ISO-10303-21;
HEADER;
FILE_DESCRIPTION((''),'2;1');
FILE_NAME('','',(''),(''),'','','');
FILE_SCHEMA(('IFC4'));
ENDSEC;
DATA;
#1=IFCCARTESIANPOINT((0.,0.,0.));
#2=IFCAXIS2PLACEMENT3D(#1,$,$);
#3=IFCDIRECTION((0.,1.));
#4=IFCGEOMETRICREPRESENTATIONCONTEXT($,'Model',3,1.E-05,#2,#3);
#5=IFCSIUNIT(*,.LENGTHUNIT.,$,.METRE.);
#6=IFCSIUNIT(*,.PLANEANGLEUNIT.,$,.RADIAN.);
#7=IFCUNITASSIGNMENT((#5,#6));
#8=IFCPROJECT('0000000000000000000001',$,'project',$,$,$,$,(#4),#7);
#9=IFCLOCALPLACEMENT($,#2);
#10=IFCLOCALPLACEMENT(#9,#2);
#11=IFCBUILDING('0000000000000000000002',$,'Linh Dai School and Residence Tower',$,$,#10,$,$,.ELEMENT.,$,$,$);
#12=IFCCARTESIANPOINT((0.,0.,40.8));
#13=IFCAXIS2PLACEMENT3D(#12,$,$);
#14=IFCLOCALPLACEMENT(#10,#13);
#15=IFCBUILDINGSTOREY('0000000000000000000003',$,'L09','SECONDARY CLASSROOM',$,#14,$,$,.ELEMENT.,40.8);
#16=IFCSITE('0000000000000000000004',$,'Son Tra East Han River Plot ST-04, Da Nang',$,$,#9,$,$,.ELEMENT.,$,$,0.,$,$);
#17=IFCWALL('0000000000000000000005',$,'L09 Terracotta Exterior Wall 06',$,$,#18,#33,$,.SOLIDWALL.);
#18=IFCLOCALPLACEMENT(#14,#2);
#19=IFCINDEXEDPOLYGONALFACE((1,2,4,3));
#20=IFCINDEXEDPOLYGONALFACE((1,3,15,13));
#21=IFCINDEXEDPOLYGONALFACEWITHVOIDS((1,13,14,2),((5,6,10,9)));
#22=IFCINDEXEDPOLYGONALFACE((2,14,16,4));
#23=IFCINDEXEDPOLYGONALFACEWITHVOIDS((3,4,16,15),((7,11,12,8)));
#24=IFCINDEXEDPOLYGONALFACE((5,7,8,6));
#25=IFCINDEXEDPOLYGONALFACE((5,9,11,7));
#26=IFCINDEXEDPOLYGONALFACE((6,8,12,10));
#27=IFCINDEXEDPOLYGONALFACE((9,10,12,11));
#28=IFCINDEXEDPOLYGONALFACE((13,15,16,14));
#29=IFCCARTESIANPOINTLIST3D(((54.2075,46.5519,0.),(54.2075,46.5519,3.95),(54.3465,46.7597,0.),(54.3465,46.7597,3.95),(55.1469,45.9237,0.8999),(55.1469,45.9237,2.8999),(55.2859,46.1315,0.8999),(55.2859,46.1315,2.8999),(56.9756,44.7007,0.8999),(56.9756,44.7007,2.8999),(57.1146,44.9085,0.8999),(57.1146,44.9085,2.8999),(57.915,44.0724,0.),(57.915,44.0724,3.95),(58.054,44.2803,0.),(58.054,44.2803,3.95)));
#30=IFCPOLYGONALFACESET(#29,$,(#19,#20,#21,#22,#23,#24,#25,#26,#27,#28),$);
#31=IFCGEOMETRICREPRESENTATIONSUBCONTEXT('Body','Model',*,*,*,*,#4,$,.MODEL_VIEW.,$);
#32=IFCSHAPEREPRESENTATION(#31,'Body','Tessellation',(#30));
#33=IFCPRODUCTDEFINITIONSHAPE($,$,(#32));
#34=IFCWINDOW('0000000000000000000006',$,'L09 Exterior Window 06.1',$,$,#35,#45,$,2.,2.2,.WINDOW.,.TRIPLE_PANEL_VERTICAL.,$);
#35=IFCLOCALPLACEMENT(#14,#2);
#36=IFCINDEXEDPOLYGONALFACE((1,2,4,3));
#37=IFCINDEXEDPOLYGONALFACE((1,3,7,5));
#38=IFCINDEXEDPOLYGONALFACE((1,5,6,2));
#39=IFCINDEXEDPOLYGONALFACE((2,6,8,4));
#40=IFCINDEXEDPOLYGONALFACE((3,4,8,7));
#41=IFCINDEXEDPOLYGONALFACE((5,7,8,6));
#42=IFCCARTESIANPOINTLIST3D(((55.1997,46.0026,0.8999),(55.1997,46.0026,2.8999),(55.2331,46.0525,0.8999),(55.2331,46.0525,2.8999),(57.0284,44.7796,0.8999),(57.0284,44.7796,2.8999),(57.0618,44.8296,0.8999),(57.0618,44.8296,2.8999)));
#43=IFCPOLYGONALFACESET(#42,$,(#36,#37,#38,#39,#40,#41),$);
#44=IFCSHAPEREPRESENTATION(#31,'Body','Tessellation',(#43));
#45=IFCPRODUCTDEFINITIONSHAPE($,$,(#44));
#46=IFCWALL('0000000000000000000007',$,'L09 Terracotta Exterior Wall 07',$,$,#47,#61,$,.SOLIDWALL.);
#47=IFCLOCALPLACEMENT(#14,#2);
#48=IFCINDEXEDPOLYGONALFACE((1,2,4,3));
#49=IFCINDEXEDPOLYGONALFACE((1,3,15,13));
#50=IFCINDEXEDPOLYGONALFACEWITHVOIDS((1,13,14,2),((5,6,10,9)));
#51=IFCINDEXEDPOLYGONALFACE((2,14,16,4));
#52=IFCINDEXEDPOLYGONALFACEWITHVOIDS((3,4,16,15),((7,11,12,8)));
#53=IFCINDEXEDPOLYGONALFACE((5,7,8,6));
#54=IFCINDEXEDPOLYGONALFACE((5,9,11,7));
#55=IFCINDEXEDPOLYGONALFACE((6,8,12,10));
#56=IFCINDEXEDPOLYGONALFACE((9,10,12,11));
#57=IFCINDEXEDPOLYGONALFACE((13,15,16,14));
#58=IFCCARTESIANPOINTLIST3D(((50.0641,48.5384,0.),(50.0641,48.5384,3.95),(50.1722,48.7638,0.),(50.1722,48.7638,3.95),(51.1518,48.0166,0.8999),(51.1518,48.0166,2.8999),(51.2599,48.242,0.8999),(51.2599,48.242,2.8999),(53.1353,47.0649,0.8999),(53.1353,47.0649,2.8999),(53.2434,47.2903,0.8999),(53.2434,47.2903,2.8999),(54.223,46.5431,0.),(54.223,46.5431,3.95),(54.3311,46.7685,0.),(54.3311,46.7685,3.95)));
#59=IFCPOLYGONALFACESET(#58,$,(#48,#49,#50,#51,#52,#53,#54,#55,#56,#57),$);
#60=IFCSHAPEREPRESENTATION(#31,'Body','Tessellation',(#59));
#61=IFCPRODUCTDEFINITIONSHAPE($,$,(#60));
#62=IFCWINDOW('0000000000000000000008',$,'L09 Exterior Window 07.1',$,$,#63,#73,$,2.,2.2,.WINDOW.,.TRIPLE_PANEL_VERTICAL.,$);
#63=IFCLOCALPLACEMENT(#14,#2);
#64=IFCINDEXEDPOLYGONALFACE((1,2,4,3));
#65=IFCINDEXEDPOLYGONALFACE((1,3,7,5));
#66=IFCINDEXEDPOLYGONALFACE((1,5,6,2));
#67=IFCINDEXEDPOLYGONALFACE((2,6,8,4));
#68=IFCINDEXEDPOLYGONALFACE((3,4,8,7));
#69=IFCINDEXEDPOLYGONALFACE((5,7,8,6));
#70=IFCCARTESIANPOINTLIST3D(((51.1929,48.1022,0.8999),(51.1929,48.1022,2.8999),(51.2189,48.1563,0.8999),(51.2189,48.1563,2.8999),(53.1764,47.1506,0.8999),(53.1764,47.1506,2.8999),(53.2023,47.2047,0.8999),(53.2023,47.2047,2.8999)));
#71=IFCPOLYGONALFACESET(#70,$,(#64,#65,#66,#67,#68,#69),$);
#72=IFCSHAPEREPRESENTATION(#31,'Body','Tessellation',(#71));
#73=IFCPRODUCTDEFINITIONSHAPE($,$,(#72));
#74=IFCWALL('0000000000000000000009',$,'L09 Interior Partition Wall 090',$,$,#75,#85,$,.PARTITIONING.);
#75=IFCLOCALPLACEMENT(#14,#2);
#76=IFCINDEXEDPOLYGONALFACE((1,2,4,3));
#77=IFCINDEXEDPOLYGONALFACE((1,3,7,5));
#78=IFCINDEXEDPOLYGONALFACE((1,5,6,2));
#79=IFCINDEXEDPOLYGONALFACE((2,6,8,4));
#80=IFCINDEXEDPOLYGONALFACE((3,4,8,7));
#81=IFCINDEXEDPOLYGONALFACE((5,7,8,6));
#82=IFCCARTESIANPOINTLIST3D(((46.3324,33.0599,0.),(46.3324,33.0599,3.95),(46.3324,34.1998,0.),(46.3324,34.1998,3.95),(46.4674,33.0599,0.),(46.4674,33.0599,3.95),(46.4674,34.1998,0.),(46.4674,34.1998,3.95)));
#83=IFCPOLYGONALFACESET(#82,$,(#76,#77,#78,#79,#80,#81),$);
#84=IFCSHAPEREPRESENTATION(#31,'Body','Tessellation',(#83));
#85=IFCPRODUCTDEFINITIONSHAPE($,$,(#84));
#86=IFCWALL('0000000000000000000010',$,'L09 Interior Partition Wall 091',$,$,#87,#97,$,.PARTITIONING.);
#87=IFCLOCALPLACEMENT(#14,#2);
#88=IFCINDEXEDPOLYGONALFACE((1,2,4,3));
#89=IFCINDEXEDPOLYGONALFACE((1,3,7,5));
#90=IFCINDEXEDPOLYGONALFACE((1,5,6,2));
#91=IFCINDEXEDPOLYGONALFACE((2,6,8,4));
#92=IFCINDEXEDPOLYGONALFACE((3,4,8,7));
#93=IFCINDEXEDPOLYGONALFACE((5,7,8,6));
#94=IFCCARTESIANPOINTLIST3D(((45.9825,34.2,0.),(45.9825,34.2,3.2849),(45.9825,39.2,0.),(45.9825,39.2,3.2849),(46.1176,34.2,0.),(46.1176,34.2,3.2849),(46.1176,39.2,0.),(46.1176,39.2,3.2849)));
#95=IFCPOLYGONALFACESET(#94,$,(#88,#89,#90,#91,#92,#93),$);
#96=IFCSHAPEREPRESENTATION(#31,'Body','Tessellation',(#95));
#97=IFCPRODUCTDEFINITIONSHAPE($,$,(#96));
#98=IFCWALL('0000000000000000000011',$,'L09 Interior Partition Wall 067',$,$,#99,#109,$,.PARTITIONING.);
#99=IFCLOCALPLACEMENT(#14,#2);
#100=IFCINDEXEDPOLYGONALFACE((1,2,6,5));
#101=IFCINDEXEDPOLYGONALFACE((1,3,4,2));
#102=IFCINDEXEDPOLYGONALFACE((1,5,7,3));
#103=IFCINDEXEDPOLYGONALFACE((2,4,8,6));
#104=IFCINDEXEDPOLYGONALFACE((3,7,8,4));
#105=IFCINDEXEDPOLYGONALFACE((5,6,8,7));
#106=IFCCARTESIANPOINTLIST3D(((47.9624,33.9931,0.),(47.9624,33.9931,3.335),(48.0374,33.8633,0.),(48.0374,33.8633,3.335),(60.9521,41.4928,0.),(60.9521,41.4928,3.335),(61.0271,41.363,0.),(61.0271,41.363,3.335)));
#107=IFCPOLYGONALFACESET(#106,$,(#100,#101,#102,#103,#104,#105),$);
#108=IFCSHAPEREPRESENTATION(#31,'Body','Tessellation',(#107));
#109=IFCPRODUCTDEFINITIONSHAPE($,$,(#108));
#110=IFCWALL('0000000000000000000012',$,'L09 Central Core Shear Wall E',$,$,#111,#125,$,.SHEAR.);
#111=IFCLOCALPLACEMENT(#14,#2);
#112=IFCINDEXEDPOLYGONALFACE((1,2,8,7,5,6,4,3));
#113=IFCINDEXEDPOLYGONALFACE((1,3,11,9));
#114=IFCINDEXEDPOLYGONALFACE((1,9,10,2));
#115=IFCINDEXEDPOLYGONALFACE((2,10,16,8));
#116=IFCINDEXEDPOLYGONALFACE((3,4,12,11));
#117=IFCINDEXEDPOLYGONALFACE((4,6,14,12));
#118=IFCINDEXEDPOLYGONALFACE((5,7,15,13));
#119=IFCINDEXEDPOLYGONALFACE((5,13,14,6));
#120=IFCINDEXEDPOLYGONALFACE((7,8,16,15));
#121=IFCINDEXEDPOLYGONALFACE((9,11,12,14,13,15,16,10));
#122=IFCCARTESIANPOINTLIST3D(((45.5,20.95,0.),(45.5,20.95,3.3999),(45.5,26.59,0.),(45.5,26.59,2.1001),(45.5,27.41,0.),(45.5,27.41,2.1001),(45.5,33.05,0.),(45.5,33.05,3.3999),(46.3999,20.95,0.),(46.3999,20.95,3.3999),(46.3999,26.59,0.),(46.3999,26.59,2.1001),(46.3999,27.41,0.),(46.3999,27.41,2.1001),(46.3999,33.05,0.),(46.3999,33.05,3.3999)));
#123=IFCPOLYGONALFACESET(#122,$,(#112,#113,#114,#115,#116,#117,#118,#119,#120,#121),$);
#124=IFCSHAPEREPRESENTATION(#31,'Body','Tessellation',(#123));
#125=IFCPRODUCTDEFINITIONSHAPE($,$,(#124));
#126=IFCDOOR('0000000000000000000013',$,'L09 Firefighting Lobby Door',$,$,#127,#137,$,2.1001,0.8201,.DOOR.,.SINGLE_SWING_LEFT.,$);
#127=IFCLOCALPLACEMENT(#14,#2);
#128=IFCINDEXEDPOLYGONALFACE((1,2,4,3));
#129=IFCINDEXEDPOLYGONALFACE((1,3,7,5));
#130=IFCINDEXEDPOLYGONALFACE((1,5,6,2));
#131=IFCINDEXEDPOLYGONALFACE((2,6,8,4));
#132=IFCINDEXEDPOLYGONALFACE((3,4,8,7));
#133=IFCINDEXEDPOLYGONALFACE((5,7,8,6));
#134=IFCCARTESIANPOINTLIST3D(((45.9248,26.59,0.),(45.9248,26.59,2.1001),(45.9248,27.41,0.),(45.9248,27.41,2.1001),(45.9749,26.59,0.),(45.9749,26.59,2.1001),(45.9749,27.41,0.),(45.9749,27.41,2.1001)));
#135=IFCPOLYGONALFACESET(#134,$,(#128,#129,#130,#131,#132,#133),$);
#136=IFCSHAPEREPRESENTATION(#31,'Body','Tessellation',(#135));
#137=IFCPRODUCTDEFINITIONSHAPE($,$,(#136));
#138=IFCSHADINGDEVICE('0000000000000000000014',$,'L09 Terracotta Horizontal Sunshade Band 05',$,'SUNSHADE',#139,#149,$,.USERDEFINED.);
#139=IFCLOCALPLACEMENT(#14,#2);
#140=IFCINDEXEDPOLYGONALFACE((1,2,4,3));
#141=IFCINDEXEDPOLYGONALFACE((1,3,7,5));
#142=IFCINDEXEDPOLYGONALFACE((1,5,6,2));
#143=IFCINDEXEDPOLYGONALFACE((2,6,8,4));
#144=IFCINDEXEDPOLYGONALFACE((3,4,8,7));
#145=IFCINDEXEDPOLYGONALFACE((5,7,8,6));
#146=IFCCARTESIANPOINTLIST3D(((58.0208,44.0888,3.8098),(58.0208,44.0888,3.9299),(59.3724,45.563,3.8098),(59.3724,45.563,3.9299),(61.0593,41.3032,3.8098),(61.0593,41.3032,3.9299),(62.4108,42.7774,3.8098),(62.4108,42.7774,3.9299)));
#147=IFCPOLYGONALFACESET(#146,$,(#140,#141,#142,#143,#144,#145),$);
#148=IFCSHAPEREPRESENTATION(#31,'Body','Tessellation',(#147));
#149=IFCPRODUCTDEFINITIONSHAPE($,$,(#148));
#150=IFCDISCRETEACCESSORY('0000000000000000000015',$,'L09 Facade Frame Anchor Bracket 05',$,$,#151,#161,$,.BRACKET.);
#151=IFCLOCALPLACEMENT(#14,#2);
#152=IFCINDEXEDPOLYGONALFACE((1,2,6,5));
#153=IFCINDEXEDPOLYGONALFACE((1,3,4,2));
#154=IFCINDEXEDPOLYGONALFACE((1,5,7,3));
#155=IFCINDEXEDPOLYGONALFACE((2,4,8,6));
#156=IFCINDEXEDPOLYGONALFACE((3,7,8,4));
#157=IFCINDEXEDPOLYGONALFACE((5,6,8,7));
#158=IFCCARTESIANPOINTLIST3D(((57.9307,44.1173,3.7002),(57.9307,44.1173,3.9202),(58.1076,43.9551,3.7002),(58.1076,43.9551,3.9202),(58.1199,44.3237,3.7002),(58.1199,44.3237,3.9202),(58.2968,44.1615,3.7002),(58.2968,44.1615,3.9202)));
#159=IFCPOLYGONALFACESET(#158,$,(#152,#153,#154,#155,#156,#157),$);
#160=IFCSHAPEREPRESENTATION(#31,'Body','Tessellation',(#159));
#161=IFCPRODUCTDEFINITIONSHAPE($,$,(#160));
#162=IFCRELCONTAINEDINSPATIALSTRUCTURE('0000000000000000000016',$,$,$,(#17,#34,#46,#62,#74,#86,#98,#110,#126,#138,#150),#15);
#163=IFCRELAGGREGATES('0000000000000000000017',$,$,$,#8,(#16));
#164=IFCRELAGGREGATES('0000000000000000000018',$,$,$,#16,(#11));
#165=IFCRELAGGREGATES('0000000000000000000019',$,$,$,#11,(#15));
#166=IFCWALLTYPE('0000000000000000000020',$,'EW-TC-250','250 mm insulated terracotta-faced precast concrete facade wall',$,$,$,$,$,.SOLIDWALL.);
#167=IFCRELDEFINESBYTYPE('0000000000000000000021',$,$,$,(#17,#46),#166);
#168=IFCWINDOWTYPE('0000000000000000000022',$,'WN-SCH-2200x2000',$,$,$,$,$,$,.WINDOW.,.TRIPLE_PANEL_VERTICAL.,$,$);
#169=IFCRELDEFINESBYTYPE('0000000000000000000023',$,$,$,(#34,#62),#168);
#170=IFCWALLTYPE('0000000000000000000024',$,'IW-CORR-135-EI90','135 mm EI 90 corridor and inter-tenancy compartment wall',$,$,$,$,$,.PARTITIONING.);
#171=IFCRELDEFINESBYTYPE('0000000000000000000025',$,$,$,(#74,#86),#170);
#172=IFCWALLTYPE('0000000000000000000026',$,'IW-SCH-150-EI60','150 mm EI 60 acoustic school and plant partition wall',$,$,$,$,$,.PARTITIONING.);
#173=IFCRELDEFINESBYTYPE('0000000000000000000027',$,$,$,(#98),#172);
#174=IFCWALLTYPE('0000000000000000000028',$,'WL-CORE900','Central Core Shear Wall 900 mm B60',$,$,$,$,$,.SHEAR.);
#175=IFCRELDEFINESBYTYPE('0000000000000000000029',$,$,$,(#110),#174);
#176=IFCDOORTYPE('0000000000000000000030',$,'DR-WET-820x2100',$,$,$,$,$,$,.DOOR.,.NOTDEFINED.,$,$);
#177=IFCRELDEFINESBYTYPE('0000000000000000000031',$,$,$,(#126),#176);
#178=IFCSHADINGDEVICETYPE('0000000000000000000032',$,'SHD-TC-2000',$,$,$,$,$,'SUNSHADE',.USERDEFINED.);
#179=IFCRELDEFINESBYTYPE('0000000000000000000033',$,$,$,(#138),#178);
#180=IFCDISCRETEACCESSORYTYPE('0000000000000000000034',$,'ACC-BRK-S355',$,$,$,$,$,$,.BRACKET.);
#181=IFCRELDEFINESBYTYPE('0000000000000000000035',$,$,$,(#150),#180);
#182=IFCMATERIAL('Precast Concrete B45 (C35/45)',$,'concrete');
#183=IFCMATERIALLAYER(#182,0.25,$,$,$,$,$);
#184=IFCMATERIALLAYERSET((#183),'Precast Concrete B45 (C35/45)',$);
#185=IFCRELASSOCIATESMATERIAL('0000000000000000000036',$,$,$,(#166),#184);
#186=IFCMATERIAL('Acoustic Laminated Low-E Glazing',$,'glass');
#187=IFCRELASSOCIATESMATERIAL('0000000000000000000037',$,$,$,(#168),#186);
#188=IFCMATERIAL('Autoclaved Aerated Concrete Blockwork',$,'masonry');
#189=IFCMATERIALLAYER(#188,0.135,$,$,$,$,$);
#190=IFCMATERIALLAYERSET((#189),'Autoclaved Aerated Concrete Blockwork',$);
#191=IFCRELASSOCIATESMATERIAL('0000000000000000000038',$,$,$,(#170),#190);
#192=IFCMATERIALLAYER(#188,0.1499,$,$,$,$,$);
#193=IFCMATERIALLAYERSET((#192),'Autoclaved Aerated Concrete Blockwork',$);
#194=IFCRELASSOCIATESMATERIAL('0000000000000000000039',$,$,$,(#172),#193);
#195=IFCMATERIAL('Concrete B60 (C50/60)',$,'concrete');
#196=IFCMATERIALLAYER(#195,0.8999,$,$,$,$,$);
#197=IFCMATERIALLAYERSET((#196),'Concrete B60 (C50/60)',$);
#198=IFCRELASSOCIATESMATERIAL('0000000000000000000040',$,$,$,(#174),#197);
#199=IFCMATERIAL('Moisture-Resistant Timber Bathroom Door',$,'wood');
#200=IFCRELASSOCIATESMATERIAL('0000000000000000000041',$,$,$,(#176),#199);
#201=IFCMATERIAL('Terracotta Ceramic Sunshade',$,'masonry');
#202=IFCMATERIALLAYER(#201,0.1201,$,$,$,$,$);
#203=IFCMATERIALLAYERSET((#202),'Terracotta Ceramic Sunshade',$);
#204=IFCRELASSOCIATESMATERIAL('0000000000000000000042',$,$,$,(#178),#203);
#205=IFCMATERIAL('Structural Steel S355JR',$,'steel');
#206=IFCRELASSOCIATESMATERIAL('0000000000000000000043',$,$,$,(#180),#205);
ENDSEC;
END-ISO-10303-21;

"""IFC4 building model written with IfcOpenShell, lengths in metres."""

from ifc_helpers import new_model, si_unit, direction, frame, frame_2d, origin, origin_2d, place, context, subcontext, project, spatial, rectangle, extrude, source, transform, mapped, material, layer, layer_set, type_object, element, fill, save


model = new_model("IFC4")

# Units and contexts
model_context = context("Model", 3, precision=1e-05, world=origin(), true_north=direction((0.0, 1.0)))
body_context = subcontext(model_context, "Body", "Model", "MODEL_VIEW")
ifc_project = project(units=[si_unit("LENGTHUNIT", "METRE"), si_unit("PLANEANGLEUNIT", "RADIAN")], contexts=[model_context])

# Site, building, storey
site_placement = place(None, origin())
site = spatial("IfcSite", under=ifc_project, at=site_placement, Name="Son Tra East Han River Plot ST-04, Da Nang", CompositionType="ELEMENT", RefElevation=0.0)
building_placement = place(site_placement, origin())
building = spatial("IfcBuilding", under=site, at=building_placement, Name="Linh Dai School and Residence Tower", CompositionType="ELEMENT")
storey_placement = place(building_placement, frame((0.0, 0.0, 40.8)))
storey = spatial("IfcBuildingStorey", under=building, at=storey_placement, Name="L09", Description="SECONDARY CLASSROOM", CompositionType="ELEMENT", Elevation=40.8)

# Shared definitions
ifc_material_1 = material(Name="Concrete B60 (C50/60)", Category="concrete")
ifc_material_2 = material(Name="Structural Steel S355JR", Category="steel")

# Shared definitions
ifc_material_3 = material(Name="Precast Concrete B45 (C35/45)", Category="concrete")

# Shared definitions
ifc_layer_1 = layer(ifc_material_3, 0.25)
ifc_layer_set_1 = layer_set([ifc_layer_1], Name="Precast Concrete B45 (C35/45)")
wall_type_1 = type_object("IfcWallType", Name="EW-TC-250", Description="250 mm insulated terracotta-faced precast concrete facade wall", PredefinedType="SOLIDWALL", material=ifc_layer_set_1)

# Shared definitions
ifc_material_4 = material(Name="Acoustic Laminated Low-E Glazing", Category="glass")
window_type = type_object("IfcWindowType", Name="WN-SCH-2200x2000", PartitioningType="TRIPLE_PANEL_VERTICAL", PredefinedType="WINDOW", material=ifc_material_4)
shared_shape_1 = source(origin(), body_context, "Body", "SweptSolid", [
    extrude(rectangle(XDim=2.2, YDim=2.0, at=origin_2d()), frame((1.1001, 0.03, 1.0), z_axis=(0.0, -1.0, 0.0), x_axis=(1.0, 0.0, 0.0)), (0.0, 0.0, 1.0), 0.0601),
])

# Walls, openings, windows
wall_1_placement = place(storey_placement, frame((54.2771, 46.6558, 0.0), z_axis=(0.0, 0.0, 1.0), x_axis=(0.831241, -0.555912, 0.0)))
wall_1 = element("IfcWall", 1, at=wall_1_placement, inside=storey, type_object=wall_type_1, Name="L09 Terracotta Exterior Wall 06", PredefinedType="SOLIDWALL", context=body_context, shape_type="SweptSolid", body=[
    extrude(rectangle(XDim=4.4602, YDim=0.25, at=frame_2d((2.23, 0.0))), origin(), (0.0, 0.0, 1.0), 3.95),
])
opening_1_placement = place(wall_1_placement, frame((1.1299, 0.0, 0.8999)))
opening_1 = element("IfcOpeningElement", 2, at=opening_1_placement, cuts=wall_1, PredefinedType="OPENING", context=body_context, shape_type="SweptSolid", body=[
    extrude(rectangle(XDim=2.2, YDim=2.0, at=origin_2d()), frame((1.1001, 0.135, 1.0), z_axis=(0.0, -1.0, 0.0), x_axis=(1.0, 0.0, 0.0)), (0.0, 0.0, 1.0), 0.27),
])
window_1_placement = place(opening_1_placement, origin())
window_1 = element("IfcWindow", 3, at=window_1_placement, inside=storey, type_object=window_type, Name="L09 Exterior Window 06.1", OverallHeight=2.0, OverallWidth=2.2, PartitioningType="TRIPLE_PANEL_VERTICAL", PredefinedType="WINDOW", context=body_context, shape_type="MappedRepresentation", body=[
    mapped(shared_shape_1, transform((0.0, 0.0, 0.0), x_axis=(1.0, 0.0, 0.0), y_axis=(0.0, 1.0, 0.0), z_axis=(0.0, 0.0, 1.0), scale=1.0)),
])
fill(opening_1, window_1)
wall_2_placement = place(storey_placement, frame((50.1182, 48.6511, 0.0), z_axis=(0.0, 0.0, 1.0), x_axis=(0.901602, -0.432568, 0.0)))
wall_2 = element("IfcWall", 4, at=wall_2_placement, inside=storey, type_object=wall_type_1, Name="L09 Terracotta Exterior Wall 07", PredefinedType="SOLIDWALL", context=body_context, shape_type="SweptSolid", body=[
    extrude(rectangle(XDim=4.6128, YDim=0.25, at=frame_2d((2.3064, 0.0))), origin(), (0.0, 0.0, 1.0), 3.95),
])
opening_2_placement = place(wall_2_placement, frame((1.2063, 0.0, 0.8999)))
opening_2 = element("IfcOpeningElement", 5, at=opening_2_placement, cuts=wall_2, PredefinedType="OPENING", context=body_context, shape_type="SweptSolid", body=[
    extrude(rectangle(XDim=2.2, YDim=2.0, at=origin_2d()), frame((1.1001, 0.135, 1.0), z_axis=(0.0, -1.0, 0.0), x_axis=(1.0, 0.0, 0.0)), (0.0, 0.0, 1.0), 0.27),
])
window_2_placement = place(opening_2_placement, origin())
window_2 = element("IfcWindow", 6, at=window_2_placement, inside=storey, type_object=window_type, Name="L09 Exterior Window 07.1", OverallHeight=2.0, OverallWidth=2.2, PartitioningType="TRIPLE_PANEL_VERTICAL", PredefinedType="WINDOW", context=body_context, shape_type="MappedRepresentation", body=[
    mapped(shared_shape_1, transform((0.0, 0.0, 0.0), x_axis=(1.0, 0.0, 0.0), y_axis=(0.0, 1.0, 0.0), z_axis=(0.0, 0.0, 1.0), scale=1.0)),
])
fill(opening_2, window_2)

# Walls
ifc_material_5 = material(Name="Autoclaved Aerated Concrete Blockwork", Category="masonry")
ifc_layer_2 = layer(ifc_material_5, 0.135)
ifc_layer_set_2 = layer_set([ifc_layer_2], Name="Autoclaved Aerated Concrete Blockwork")
wall_type_2 = type_object("IfcWallType", Name="IW-CORR-135-EI90", Description="135 mm EI 90 corridor and inter-tenancy compartment wall", PredefinedType="PARTITIONING", material=ifc_layer_set_2)
wall_3_placement = place(storey_placement, frame((46.3999, 33.0601, 0.0), z_axis=(0.0, 0.0, 1.0), x_axis=(0.0, 1.0, 0.0)))
element("IfcWall", 7, at=wall_3_placement, inside=storey, type_object=wall_type_2, Name="L09 Interior Partition Wall 090", PredefinedType="PARTITIONING", context=body_context, shape_type="SweptSolid", body=[
    extrude(rectangle(XDim=1.1399, YDim=0.135, at=frame_2d((0.5698, 0.0))), origin(), (0.0, 0.0, 1.0), 3.95),
])
wall_4_placement = place(storey_placement, frame((46.05, 34.2, 0.0), z_axis=(0.0, 0.0, 1.0), x_axis=(0.0, 1.0, 0.0)))
element("IfcWall", 8, at=wall_4_placement, inside=storey, type_object=wall_type_2, Name="L09 Interior Partition Wall 091", PredefinedType="PARTITIONING", context=body_context, shape_type="SweptSolid", body=[
    extrude(rectangle(XDim=5.0, YDim=0.135, at=frame_2d((2.5, 0.0))), origin(), (0.0, 0.0, 1.0), 3.2849),
])
ifc_layer_3 = layer(ifc_material_5, 0.1499)
ifc_layer_set_3 = layer_set([ifc_layer_3], Name="Autoclaved Aerated Concrete Blockwork")
wall_type_3 = type_object("IfcWallType", Name="IW-SCH-150-EI60", Description="150 mm EI 60 acoustic school and plant partition wall", PredefinedType="PARTITIONING", material=ifc_layer_set_3)
wall_5_placement = place(storey_placement, frame((48.0, 33.9282, 0.0), z_axis=(0.0, 0.0, 1.0), x_axis=(0.866022, 0.500006, 0.0)))
element("IfcWall", 9, at=wall_5_placement, inside=storey, type_object=wall_type_3, Name="L09 Interior Partition Wall 067", PredefinedType="PARTITIONING", context=body_context, shape_type="SweptSolid", body=[
    extrude(rectangle(XDim=14.9993, YDim=0.1499, at=frame_2d((7.4995, 0.0))), origin(), (0.0, 0.0, 1.0), 3.335),
])

# Wall, opening, door
ifc_layer_4 = layer(ifc_material_1, 0.8999)
ifc_layer_set_4 = layer_set([ifc_layer_4], Name="Concrete B60 (C50/60)")
wall_type_4 = type_object("IfcWallType", Name="WL-CORE900", Description="Central Core Shear Wall 900 mm B60", PredefinedType="SHEAR", material=ifc_layer_set_4)
wall_6_placement = place(storey_placement, frame((45.95, 33.05, 0.0), z_axis=(0.0, 0.0, 1.0), x_axis=(0.0, -1.0, 0.0)))
wall_6 = element("IfcWall", 10, at=wall_6_placement, inside=storey, type_object=wall_type_4, Name="L09 Central Core Shear Wall E", PredefinedType="SHEAR", context=body_context, shape_type="SweptSolid", body=[
    extrude(rectangle(XDim=12.1001, YDim=0.8999, at=frame_2d((6.05, 0.0))), origin(), (0.0, 0.0, 1.0), 3.3999),
])
opening_3_placement = place(wall_6_placement, frame((5.6399, 0.0, 0.0)))
opening_3 = element("IfcOpeningElement", 11, at=opening_3_placement, cuts=wall_6, PredefinedType="OPENING", context=body_context, shape_type="SweptSolid", body=[
    extrude(rectangle(XDim=0.8201, YDim=2.1001, at=origin_2d()), frame((0.4102, 0.46, 1.05), z_axis=(0.0, -1.0, 0.0), x_axis=(1.0, 0.0, 0.0)), (0.0, 0.0, 1.0), 0.9199),
])
ifc_material_6 = material(Name="Moisture-Resistant Timber Bathroom Door", Category="wood")
door_type = type_object("IfcDoorType", Name="DR-WET-820x2100", OperationType="NOTDEFINED", PredefinedType="DOOR", material=ifc_material_6)
shared_shape_2 = source(origin(), body_context, "Body", "SweptSolid", [
    extrude(rectangle(XDim=0.8201, YDim=2.1001, at=origin_2d()), frame((0.4102, 0.0249, 1.05), z_axis=(0.0, -1.0, 0.0), x_axis=(1.0, 0.0, 0.0)), (0.0, 0.0, 1.0), 0.05),
])
door_placement = place(opening_3_placement, origin())
door = element("IfcDoor", 12, at=door_placement, inside=storey, type_object=door_type, Name="L09 Firefighting Lobby Door", OperationType="SINGLE_SWING_LEFT", OverallHeight=2.1001, OverallWidth=0.8201, PredefinedType="DOOR", context=body_context, shape_type="MappedRepresentation", body=[
    mapped(shared_shape_2, transform((0.0, 0.0, 0.0), x_axis=(1.0, 0.0, 0.0), y_axis=(0.0, 1.0, 0.0), z_axis=(0.0, 0.0, 1.0), scale=1.0)),
])
fill(opening_3, door)

# Shading device
ifc_material_7 = material(Name="Terracotta Ceramic Sunshade", Category="masonry")
ifc_layer_5 = layer(ifc_material_7, 0.1201)
ifc_layer_set_5 = layer_set([ifc_layer_5], Name="Terracotta Ceramic Sunshade")
shading_device_type = type_object("IfcShadingDeviceType", Name="SHD-TC-2000", ElementType="SUNSHADE", PredefinedType="USERDEFINED", material=ifc_layer_set_5)
shared_shape_3 = source(origin(), body_context, "Body", "SweptSolid", [
    extrude(rectangle(XDim=4.1221, YDim=2.0, at=origin_2d()), origin(), (0.0, 0.0, 1.0), 0.1201),
])
shading_device_placement = place(storey_placement, frame((60.2158, 43.4331, 3.8098), z_axis=(0.0, 0.0, 1.0), x_axis=(0.737113, -0.675769, 0.0)))
element("IfcShadingDevice", 13, at=shading_device_placement, inside=storey, type_object=shading_device_type, Name="L09 Terracotta Horizontal Sunshade Band 05", ObjectType="SUNSHADE", PredefinedType="USERDEFINED", context=body_context, shape_type="MappedRepresentation", body=[
    mapped(shared_shape_3, transform((0.0, 0.0, 0.0), x_axis=(1.0, 0.0, 0.0), y_axis=(0.0, 1.0, 0.0), z_axis=(0.0, 0.0, 1.0), scale=1.0)),
])

# Discrete accessory
discrete_accessory_type = type_object("IfcDiscreteAccessoryType", Name="ACC-BRK-S355", PredefinedType="BRACKET", material=ifc_material_2)
shared_shape_4 = source(origin(), body_context, "Body", "SweptSolid", [
    extrude(rectangle(XDim=0.28, YDim=0.24, at=origin_2d()), origin(), (0.0, 0.0, 1.0), 0.22),
])
discrete_accessory_placement = place(storey_placement, frame((58.1138, 44.1394, 3.7002), z_axis=(0.0, 0.0, 1.0), x_axis=(0.675769, 0.737113, 0.0)))
element("IfcDiscreteAccessory", 14, at=discrete_accessory_placement, inside=storey, type_object=discrete_accessory_type, Name="L09 Facade Frame Anchor Bracket 05", PredefinedType="BRACKET", context=body_context, shape_type="MappedRepresentation", body=[
    mapped(shared_shape_4, transform((0.0, 0.0, 0.0), x_axis=(1.0, 0.0, 0.0), y_axis=(0.0, 1.0, 0.0), z_axis=(0.0, 0.0, 1.0), scale=1.0)),
])

save(model, "model.ifc")
